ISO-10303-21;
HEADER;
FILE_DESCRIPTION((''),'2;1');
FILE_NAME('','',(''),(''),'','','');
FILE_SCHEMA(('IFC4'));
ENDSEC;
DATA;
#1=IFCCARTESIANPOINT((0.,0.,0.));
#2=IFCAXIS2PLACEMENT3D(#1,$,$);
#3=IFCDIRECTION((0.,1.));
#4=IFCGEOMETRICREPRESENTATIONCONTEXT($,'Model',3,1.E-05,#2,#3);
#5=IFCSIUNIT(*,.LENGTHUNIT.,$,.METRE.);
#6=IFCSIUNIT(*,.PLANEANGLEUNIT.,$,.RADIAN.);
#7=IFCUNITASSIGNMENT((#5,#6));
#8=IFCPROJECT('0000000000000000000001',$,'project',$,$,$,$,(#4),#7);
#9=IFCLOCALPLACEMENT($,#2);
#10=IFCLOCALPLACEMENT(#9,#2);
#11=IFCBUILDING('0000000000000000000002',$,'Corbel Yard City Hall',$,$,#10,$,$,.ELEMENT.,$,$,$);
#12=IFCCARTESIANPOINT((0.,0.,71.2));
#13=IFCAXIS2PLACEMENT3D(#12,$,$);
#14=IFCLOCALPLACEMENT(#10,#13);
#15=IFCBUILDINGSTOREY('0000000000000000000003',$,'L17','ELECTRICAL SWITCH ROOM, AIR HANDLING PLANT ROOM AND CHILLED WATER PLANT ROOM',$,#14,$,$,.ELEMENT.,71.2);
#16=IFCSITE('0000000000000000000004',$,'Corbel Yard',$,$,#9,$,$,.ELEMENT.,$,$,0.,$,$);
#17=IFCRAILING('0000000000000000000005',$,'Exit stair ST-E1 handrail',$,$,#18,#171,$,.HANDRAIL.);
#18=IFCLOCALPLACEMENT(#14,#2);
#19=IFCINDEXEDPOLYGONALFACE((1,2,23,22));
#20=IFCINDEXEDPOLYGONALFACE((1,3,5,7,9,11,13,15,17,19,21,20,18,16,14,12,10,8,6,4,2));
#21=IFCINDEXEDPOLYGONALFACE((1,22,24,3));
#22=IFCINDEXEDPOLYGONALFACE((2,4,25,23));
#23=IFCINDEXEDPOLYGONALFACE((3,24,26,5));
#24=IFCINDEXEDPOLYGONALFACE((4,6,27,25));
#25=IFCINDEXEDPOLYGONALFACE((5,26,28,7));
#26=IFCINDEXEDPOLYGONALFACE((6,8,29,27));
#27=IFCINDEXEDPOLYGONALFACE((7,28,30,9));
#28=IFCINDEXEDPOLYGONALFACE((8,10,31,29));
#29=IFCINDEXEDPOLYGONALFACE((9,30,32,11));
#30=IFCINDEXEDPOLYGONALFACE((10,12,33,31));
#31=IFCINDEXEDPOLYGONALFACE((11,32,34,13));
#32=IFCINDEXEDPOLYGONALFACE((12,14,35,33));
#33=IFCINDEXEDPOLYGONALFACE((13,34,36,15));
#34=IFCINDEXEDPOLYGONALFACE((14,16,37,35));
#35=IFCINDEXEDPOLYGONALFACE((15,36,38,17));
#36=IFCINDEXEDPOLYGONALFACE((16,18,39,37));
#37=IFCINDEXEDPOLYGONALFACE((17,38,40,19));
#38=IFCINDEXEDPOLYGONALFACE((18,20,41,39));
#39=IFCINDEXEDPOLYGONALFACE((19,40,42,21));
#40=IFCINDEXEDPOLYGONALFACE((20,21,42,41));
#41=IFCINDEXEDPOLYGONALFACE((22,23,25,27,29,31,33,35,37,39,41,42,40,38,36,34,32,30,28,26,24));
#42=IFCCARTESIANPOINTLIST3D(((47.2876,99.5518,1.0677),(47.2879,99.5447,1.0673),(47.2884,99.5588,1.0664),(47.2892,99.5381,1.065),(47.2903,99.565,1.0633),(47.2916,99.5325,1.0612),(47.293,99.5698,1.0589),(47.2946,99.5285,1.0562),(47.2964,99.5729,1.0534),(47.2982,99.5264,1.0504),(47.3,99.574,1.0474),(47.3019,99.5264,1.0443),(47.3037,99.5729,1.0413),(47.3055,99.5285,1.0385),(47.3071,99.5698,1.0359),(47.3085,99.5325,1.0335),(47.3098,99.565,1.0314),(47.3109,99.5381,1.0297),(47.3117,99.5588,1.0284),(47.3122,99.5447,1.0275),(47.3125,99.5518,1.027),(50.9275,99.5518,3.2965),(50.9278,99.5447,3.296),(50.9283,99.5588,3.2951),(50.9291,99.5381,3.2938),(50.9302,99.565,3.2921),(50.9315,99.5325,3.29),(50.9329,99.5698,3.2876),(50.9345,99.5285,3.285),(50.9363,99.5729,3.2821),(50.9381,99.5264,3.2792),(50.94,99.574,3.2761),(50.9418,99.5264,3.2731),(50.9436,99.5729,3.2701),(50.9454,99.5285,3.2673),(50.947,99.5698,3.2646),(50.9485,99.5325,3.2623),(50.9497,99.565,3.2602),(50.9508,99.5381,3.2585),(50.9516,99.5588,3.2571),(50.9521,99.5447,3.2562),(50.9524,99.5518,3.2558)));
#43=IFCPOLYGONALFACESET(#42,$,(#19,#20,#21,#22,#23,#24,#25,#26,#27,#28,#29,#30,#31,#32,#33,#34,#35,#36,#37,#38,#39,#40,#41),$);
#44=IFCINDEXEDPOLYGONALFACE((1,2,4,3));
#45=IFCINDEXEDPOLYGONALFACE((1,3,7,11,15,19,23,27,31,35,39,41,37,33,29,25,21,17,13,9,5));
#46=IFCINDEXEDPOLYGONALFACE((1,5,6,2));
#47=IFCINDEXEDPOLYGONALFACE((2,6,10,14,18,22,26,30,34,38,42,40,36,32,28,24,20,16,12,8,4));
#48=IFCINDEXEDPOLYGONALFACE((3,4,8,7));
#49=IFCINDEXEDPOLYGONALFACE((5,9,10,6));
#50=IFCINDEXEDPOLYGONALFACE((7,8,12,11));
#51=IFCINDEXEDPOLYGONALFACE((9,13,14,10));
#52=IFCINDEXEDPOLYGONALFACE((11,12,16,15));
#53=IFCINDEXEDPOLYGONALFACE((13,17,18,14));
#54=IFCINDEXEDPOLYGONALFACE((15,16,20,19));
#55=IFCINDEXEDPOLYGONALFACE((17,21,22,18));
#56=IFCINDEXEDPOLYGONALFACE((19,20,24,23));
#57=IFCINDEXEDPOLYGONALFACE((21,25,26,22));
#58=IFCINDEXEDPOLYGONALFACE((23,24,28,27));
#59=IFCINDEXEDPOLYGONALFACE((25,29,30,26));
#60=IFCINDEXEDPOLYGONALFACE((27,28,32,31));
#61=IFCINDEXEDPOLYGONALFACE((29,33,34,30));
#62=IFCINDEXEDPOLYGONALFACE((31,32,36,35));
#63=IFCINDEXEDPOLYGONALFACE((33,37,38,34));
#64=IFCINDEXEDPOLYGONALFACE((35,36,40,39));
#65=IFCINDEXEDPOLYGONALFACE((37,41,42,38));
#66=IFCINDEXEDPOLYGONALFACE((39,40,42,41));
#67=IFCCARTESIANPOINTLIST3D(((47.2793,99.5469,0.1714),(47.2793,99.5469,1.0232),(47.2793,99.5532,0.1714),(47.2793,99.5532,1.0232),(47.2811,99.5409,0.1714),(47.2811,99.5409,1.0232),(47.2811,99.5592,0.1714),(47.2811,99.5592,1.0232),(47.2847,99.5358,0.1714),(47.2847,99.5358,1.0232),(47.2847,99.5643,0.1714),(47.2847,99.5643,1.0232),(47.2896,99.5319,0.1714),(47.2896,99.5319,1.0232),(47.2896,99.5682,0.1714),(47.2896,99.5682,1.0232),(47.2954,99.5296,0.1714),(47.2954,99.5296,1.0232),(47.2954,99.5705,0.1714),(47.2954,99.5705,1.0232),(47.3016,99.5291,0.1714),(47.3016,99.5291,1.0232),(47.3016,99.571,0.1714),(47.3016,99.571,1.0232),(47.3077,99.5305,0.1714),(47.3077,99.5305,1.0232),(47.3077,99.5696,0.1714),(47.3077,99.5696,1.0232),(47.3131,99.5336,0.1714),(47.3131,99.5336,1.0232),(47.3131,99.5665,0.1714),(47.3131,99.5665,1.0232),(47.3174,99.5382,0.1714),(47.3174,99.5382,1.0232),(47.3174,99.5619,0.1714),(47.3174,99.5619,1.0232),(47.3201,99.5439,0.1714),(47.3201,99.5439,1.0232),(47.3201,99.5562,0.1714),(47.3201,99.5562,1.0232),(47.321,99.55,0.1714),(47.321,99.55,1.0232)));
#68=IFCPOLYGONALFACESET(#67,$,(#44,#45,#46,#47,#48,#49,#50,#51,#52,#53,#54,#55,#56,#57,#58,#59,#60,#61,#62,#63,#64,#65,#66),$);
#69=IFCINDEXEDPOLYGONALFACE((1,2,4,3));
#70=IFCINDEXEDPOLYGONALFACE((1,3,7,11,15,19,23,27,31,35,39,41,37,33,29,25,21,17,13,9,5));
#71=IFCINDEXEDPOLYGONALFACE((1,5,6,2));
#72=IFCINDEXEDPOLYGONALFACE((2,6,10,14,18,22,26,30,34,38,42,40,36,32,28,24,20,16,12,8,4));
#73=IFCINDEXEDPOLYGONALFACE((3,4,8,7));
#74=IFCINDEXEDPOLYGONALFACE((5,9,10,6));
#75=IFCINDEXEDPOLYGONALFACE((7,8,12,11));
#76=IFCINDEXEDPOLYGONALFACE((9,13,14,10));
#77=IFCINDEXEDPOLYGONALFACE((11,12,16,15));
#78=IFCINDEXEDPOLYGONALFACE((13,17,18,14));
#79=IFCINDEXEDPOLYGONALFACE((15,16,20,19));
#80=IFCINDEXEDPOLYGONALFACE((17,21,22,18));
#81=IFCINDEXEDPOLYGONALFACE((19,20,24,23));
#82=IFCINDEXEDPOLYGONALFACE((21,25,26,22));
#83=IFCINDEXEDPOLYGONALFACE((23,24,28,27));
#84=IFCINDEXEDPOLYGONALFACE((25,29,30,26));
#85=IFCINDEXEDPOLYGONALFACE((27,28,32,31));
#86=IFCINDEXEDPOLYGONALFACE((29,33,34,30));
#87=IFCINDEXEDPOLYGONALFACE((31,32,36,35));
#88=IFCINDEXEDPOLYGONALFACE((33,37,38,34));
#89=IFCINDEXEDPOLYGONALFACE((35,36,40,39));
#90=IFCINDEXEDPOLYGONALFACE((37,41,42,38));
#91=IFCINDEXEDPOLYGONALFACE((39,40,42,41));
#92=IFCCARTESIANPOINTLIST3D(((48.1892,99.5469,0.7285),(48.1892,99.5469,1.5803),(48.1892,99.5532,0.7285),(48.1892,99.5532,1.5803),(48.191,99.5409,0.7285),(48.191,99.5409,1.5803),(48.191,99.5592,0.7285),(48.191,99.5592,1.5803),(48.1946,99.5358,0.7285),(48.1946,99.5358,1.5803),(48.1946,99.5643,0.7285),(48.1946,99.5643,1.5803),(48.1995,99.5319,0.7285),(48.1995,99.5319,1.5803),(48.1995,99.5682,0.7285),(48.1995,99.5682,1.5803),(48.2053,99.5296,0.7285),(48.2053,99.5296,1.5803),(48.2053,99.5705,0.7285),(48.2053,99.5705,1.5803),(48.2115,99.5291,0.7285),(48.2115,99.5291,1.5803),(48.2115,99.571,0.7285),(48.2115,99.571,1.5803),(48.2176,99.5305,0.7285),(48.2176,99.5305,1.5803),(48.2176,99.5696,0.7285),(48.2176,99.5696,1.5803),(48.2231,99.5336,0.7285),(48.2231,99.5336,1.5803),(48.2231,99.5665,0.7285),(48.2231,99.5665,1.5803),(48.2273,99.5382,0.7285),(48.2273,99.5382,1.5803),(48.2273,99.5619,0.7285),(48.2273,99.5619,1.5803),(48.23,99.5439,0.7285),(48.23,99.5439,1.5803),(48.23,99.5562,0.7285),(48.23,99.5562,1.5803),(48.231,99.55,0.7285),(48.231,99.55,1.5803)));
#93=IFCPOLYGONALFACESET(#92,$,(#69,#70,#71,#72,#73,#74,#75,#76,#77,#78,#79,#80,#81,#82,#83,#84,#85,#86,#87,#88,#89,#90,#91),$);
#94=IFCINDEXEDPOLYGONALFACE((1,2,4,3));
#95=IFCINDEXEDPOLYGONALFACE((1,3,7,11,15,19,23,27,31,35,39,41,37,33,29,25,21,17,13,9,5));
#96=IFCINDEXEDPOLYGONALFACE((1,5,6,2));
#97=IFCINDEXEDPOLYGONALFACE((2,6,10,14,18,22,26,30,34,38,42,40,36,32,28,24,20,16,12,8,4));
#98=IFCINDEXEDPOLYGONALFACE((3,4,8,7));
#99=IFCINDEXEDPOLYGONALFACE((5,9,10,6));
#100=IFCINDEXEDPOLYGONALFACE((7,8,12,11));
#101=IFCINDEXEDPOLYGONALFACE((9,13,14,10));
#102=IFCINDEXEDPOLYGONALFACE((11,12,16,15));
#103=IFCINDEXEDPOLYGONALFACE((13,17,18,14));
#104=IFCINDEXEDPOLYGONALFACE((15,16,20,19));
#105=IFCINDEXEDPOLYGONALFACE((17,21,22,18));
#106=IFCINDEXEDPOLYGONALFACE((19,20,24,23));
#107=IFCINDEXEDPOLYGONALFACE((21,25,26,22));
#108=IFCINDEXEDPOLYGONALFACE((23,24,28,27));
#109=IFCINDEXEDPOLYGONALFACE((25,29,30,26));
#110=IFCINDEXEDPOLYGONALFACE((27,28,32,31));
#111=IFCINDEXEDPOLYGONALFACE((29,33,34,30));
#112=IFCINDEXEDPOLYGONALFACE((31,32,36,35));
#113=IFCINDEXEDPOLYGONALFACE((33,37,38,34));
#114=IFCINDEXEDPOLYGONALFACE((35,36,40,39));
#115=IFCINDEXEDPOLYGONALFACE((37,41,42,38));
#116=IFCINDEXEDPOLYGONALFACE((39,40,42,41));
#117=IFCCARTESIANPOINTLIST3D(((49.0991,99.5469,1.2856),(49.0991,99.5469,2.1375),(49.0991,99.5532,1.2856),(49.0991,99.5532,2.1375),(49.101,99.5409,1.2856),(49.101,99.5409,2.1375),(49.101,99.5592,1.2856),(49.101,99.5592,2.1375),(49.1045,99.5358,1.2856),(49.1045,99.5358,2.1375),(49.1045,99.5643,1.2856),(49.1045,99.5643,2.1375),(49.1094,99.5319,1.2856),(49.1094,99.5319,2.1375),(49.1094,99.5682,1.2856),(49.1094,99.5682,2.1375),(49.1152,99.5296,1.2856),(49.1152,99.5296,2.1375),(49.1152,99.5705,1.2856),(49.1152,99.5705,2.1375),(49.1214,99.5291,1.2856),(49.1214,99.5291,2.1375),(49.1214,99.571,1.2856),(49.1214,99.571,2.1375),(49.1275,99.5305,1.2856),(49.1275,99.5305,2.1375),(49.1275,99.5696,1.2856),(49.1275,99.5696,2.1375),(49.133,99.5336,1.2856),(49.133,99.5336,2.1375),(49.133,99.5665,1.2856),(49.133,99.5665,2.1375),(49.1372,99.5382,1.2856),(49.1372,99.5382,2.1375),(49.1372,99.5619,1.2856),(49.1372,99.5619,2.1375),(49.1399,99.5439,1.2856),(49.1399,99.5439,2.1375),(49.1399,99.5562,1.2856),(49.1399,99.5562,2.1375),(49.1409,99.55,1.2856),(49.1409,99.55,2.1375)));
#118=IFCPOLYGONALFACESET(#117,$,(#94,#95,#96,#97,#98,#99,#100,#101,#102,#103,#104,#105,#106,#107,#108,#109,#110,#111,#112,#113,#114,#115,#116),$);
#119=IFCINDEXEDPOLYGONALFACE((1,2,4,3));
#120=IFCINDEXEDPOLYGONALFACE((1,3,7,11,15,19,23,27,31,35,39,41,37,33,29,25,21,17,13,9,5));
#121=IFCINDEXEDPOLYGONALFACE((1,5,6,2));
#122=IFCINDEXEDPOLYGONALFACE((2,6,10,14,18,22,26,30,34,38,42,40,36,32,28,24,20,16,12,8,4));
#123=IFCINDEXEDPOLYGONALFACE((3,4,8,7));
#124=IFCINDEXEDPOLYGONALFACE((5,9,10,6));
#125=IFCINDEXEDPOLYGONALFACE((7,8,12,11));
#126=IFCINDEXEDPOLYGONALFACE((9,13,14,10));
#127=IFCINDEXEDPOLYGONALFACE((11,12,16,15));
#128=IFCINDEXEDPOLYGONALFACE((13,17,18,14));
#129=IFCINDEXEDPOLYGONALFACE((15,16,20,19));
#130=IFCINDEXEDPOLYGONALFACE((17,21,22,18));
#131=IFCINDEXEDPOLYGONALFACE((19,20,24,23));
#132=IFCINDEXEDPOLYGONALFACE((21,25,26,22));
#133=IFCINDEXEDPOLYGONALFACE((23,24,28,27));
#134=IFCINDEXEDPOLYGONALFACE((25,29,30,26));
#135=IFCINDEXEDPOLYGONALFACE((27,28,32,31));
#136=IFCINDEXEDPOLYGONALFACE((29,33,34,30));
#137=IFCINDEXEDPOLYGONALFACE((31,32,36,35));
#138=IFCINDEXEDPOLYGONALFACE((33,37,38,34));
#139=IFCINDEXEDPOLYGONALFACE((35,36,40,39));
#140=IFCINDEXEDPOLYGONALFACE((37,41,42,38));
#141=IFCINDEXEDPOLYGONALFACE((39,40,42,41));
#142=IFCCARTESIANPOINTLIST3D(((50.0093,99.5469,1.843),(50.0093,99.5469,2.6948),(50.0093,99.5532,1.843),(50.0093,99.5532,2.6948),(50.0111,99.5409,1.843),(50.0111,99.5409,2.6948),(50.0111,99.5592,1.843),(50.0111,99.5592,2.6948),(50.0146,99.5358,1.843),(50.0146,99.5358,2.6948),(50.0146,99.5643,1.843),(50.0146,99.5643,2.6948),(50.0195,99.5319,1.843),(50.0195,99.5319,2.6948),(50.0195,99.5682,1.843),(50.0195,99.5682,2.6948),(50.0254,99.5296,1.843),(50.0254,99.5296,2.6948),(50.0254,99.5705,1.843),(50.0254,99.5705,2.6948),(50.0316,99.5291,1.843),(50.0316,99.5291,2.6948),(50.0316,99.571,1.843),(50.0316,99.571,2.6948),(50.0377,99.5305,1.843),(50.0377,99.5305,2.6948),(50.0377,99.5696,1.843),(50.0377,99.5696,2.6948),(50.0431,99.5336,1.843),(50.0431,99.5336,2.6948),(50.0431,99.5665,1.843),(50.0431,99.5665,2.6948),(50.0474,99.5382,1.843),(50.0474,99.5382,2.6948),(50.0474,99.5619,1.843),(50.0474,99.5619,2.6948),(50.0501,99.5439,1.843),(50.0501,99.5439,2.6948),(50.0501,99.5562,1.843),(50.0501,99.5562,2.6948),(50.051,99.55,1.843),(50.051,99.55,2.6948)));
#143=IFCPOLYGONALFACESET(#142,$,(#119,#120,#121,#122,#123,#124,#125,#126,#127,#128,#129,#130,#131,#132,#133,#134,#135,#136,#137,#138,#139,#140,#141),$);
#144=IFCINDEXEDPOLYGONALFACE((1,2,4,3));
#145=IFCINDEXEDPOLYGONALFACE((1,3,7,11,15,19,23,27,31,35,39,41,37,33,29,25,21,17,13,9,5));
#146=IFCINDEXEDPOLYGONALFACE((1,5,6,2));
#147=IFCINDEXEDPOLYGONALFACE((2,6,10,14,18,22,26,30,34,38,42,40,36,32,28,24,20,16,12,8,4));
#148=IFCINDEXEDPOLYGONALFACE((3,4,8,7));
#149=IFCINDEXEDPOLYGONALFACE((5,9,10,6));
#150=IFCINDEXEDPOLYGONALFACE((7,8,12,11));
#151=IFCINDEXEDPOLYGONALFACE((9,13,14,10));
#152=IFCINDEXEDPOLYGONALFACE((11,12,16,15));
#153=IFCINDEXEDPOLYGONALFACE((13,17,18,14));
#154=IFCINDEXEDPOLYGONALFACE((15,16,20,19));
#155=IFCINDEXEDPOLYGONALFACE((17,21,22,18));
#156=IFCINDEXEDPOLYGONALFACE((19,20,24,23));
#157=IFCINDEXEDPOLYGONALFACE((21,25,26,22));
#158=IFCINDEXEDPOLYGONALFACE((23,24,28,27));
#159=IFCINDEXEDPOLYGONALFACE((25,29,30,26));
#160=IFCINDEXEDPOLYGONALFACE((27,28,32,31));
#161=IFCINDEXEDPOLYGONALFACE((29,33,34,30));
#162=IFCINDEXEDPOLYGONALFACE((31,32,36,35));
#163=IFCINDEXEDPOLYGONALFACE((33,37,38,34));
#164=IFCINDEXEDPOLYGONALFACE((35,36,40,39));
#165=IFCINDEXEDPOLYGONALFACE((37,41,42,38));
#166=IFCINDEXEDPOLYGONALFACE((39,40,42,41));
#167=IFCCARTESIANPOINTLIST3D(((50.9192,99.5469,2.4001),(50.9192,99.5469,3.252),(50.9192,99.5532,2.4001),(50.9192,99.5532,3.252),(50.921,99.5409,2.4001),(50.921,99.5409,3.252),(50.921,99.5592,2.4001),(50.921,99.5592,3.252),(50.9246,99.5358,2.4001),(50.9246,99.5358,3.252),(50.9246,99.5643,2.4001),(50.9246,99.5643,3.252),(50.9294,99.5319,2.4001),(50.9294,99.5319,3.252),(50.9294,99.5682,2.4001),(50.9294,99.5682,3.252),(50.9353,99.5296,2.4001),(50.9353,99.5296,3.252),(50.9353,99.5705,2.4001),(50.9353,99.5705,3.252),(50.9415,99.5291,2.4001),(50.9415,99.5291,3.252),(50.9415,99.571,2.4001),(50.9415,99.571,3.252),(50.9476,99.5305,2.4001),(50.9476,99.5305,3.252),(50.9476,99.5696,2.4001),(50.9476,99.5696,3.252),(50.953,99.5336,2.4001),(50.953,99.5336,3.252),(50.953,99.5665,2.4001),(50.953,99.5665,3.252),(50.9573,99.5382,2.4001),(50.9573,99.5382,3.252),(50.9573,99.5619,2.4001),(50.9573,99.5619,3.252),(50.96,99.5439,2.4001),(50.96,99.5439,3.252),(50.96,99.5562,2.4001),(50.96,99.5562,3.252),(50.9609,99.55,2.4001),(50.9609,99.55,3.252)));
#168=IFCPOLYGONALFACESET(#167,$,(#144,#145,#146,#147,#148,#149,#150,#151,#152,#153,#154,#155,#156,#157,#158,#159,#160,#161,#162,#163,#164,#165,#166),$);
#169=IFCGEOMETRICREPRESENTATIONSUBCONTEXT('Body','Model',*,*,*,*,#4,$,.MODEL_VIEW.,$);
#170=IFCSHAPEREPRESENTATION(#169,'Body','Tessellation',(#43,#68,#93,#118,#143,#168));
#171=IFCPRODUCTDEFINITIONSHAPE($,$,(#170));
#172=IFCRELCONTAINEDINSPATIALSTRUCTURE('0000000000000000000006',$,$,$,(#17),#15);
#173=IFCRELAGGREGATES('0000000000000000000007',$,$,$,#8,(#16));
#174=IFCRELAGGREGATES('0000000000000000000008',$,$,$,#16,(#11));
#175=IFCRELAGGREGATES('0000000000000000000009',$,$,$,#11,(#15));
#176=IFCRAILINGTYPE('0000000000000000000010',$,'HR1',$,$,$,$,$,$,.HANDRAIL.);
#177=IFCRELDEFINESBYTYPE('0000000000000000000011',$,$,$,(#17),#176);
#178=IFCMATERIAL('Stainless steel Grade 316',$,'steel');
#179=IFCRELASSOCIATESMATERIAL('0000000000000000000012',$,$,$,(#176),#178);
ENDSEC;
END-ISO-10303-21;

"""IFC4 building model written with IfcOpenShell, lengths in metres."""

from ifc_helpers import new_model, si_unit, direction, frame, origin, origin_2d, place, context, subcontext, project, spatial, circle, extrude, material, type_object, element, save


model = new_model("IFC4")

# Units and contexts
model_context = context("Model", 3, precision=1e-05, world=origin(), true_north=direction((0.0, 1.0)))
body_context = subcontext(model_context, "Body", "Model", "MODEL_VIEW")
ifc_project = project(units=[si_unit("LENGTHUNIT", "METRE"), si_unit("PLANEANGLEUNIT", "RADIAN")], contexts=[model_context])

# Site, building, storey
site_placement = place(None, origin())
site = spatial("IfcSite", under=ifc_project, at=site_placement, Name="Corbel Yard", CompositionType="ELEMENT", RefElevation=0.0)
building_placement = place(site_placement, origin())
building = spatial("IfcBuilding", under=site, at=building_placement, Name="Corbel Yard City Hall", CompositionType="ELEMENT")
storey_placement = place(building_placement, frame((0.0, 0.0, 71.2)))
storey = spatial("IfcBuildingStorey", under=building, at=storey_placement, Name="L17", Description="ELECTRICAL SWITCH ROOM, AIR HANDLING PLANT ROOM AND CHILLED WATER PLANT ROOM", CompositionType="ELEMENT", Elevation=71.2)

# Railing
ifc_material_1 = material(Name="Stainless steel Grade 316", Category="steel")
railing_type = type_object("IfcRailingType", Name="HR1", PredefinedType="HANDRAIL", material=ifc_material_1)
railing_placement = place(storey_placement, frame((47.3, 99.55, 0.1714)))
element("IfcRailing", 1, at=railing_placement, inside=storey, type_object=railing_type, Name="Exit stair ST-E1 handrail", PredefinedType="HANDRAIL", context=body_context, shape_type="SweptSolid", body=[
    extrude(circle(Radius=0.0239, at=origin_2d()), frame((0.0, 0.0, 0.876), z_axis=(0.852825, 0.0, 0.522197), x_axis=(0.0, 1.0, 0.0)), (0.0, 0.0, 1.0), 4.2681),
    extrude(circle(Radius=0.021, at=origin_2d()), origin(), (0.0, 0.0, 1.0), 0.8518),
    extrude(circle(Radius=0.021, at=origin_2d()), frame((0.9099, 0.0, 0.5571)), (0.0, 0.0, 1.0), 0.8518),
    extrude(circle(Radius=0.021, at=origin_2d()), frame((1.8198, 0.0, 1.1143)), (0.0, 0.0, 1.0), 0.8518),
    extrude(circle(Radius=0.021, at=origin_2d()), frame((2.73, 0.0, 1.6716)), (0.0, 0.0, 1.0), 0.8518),
    extrude(circle(Radius=0.021, at=origin_2d()), frame((3.6399, 0.0, 2.2288)), (0.0, 0.0, 1.0), 0.8518),
])

save(model, "model.ifc")
